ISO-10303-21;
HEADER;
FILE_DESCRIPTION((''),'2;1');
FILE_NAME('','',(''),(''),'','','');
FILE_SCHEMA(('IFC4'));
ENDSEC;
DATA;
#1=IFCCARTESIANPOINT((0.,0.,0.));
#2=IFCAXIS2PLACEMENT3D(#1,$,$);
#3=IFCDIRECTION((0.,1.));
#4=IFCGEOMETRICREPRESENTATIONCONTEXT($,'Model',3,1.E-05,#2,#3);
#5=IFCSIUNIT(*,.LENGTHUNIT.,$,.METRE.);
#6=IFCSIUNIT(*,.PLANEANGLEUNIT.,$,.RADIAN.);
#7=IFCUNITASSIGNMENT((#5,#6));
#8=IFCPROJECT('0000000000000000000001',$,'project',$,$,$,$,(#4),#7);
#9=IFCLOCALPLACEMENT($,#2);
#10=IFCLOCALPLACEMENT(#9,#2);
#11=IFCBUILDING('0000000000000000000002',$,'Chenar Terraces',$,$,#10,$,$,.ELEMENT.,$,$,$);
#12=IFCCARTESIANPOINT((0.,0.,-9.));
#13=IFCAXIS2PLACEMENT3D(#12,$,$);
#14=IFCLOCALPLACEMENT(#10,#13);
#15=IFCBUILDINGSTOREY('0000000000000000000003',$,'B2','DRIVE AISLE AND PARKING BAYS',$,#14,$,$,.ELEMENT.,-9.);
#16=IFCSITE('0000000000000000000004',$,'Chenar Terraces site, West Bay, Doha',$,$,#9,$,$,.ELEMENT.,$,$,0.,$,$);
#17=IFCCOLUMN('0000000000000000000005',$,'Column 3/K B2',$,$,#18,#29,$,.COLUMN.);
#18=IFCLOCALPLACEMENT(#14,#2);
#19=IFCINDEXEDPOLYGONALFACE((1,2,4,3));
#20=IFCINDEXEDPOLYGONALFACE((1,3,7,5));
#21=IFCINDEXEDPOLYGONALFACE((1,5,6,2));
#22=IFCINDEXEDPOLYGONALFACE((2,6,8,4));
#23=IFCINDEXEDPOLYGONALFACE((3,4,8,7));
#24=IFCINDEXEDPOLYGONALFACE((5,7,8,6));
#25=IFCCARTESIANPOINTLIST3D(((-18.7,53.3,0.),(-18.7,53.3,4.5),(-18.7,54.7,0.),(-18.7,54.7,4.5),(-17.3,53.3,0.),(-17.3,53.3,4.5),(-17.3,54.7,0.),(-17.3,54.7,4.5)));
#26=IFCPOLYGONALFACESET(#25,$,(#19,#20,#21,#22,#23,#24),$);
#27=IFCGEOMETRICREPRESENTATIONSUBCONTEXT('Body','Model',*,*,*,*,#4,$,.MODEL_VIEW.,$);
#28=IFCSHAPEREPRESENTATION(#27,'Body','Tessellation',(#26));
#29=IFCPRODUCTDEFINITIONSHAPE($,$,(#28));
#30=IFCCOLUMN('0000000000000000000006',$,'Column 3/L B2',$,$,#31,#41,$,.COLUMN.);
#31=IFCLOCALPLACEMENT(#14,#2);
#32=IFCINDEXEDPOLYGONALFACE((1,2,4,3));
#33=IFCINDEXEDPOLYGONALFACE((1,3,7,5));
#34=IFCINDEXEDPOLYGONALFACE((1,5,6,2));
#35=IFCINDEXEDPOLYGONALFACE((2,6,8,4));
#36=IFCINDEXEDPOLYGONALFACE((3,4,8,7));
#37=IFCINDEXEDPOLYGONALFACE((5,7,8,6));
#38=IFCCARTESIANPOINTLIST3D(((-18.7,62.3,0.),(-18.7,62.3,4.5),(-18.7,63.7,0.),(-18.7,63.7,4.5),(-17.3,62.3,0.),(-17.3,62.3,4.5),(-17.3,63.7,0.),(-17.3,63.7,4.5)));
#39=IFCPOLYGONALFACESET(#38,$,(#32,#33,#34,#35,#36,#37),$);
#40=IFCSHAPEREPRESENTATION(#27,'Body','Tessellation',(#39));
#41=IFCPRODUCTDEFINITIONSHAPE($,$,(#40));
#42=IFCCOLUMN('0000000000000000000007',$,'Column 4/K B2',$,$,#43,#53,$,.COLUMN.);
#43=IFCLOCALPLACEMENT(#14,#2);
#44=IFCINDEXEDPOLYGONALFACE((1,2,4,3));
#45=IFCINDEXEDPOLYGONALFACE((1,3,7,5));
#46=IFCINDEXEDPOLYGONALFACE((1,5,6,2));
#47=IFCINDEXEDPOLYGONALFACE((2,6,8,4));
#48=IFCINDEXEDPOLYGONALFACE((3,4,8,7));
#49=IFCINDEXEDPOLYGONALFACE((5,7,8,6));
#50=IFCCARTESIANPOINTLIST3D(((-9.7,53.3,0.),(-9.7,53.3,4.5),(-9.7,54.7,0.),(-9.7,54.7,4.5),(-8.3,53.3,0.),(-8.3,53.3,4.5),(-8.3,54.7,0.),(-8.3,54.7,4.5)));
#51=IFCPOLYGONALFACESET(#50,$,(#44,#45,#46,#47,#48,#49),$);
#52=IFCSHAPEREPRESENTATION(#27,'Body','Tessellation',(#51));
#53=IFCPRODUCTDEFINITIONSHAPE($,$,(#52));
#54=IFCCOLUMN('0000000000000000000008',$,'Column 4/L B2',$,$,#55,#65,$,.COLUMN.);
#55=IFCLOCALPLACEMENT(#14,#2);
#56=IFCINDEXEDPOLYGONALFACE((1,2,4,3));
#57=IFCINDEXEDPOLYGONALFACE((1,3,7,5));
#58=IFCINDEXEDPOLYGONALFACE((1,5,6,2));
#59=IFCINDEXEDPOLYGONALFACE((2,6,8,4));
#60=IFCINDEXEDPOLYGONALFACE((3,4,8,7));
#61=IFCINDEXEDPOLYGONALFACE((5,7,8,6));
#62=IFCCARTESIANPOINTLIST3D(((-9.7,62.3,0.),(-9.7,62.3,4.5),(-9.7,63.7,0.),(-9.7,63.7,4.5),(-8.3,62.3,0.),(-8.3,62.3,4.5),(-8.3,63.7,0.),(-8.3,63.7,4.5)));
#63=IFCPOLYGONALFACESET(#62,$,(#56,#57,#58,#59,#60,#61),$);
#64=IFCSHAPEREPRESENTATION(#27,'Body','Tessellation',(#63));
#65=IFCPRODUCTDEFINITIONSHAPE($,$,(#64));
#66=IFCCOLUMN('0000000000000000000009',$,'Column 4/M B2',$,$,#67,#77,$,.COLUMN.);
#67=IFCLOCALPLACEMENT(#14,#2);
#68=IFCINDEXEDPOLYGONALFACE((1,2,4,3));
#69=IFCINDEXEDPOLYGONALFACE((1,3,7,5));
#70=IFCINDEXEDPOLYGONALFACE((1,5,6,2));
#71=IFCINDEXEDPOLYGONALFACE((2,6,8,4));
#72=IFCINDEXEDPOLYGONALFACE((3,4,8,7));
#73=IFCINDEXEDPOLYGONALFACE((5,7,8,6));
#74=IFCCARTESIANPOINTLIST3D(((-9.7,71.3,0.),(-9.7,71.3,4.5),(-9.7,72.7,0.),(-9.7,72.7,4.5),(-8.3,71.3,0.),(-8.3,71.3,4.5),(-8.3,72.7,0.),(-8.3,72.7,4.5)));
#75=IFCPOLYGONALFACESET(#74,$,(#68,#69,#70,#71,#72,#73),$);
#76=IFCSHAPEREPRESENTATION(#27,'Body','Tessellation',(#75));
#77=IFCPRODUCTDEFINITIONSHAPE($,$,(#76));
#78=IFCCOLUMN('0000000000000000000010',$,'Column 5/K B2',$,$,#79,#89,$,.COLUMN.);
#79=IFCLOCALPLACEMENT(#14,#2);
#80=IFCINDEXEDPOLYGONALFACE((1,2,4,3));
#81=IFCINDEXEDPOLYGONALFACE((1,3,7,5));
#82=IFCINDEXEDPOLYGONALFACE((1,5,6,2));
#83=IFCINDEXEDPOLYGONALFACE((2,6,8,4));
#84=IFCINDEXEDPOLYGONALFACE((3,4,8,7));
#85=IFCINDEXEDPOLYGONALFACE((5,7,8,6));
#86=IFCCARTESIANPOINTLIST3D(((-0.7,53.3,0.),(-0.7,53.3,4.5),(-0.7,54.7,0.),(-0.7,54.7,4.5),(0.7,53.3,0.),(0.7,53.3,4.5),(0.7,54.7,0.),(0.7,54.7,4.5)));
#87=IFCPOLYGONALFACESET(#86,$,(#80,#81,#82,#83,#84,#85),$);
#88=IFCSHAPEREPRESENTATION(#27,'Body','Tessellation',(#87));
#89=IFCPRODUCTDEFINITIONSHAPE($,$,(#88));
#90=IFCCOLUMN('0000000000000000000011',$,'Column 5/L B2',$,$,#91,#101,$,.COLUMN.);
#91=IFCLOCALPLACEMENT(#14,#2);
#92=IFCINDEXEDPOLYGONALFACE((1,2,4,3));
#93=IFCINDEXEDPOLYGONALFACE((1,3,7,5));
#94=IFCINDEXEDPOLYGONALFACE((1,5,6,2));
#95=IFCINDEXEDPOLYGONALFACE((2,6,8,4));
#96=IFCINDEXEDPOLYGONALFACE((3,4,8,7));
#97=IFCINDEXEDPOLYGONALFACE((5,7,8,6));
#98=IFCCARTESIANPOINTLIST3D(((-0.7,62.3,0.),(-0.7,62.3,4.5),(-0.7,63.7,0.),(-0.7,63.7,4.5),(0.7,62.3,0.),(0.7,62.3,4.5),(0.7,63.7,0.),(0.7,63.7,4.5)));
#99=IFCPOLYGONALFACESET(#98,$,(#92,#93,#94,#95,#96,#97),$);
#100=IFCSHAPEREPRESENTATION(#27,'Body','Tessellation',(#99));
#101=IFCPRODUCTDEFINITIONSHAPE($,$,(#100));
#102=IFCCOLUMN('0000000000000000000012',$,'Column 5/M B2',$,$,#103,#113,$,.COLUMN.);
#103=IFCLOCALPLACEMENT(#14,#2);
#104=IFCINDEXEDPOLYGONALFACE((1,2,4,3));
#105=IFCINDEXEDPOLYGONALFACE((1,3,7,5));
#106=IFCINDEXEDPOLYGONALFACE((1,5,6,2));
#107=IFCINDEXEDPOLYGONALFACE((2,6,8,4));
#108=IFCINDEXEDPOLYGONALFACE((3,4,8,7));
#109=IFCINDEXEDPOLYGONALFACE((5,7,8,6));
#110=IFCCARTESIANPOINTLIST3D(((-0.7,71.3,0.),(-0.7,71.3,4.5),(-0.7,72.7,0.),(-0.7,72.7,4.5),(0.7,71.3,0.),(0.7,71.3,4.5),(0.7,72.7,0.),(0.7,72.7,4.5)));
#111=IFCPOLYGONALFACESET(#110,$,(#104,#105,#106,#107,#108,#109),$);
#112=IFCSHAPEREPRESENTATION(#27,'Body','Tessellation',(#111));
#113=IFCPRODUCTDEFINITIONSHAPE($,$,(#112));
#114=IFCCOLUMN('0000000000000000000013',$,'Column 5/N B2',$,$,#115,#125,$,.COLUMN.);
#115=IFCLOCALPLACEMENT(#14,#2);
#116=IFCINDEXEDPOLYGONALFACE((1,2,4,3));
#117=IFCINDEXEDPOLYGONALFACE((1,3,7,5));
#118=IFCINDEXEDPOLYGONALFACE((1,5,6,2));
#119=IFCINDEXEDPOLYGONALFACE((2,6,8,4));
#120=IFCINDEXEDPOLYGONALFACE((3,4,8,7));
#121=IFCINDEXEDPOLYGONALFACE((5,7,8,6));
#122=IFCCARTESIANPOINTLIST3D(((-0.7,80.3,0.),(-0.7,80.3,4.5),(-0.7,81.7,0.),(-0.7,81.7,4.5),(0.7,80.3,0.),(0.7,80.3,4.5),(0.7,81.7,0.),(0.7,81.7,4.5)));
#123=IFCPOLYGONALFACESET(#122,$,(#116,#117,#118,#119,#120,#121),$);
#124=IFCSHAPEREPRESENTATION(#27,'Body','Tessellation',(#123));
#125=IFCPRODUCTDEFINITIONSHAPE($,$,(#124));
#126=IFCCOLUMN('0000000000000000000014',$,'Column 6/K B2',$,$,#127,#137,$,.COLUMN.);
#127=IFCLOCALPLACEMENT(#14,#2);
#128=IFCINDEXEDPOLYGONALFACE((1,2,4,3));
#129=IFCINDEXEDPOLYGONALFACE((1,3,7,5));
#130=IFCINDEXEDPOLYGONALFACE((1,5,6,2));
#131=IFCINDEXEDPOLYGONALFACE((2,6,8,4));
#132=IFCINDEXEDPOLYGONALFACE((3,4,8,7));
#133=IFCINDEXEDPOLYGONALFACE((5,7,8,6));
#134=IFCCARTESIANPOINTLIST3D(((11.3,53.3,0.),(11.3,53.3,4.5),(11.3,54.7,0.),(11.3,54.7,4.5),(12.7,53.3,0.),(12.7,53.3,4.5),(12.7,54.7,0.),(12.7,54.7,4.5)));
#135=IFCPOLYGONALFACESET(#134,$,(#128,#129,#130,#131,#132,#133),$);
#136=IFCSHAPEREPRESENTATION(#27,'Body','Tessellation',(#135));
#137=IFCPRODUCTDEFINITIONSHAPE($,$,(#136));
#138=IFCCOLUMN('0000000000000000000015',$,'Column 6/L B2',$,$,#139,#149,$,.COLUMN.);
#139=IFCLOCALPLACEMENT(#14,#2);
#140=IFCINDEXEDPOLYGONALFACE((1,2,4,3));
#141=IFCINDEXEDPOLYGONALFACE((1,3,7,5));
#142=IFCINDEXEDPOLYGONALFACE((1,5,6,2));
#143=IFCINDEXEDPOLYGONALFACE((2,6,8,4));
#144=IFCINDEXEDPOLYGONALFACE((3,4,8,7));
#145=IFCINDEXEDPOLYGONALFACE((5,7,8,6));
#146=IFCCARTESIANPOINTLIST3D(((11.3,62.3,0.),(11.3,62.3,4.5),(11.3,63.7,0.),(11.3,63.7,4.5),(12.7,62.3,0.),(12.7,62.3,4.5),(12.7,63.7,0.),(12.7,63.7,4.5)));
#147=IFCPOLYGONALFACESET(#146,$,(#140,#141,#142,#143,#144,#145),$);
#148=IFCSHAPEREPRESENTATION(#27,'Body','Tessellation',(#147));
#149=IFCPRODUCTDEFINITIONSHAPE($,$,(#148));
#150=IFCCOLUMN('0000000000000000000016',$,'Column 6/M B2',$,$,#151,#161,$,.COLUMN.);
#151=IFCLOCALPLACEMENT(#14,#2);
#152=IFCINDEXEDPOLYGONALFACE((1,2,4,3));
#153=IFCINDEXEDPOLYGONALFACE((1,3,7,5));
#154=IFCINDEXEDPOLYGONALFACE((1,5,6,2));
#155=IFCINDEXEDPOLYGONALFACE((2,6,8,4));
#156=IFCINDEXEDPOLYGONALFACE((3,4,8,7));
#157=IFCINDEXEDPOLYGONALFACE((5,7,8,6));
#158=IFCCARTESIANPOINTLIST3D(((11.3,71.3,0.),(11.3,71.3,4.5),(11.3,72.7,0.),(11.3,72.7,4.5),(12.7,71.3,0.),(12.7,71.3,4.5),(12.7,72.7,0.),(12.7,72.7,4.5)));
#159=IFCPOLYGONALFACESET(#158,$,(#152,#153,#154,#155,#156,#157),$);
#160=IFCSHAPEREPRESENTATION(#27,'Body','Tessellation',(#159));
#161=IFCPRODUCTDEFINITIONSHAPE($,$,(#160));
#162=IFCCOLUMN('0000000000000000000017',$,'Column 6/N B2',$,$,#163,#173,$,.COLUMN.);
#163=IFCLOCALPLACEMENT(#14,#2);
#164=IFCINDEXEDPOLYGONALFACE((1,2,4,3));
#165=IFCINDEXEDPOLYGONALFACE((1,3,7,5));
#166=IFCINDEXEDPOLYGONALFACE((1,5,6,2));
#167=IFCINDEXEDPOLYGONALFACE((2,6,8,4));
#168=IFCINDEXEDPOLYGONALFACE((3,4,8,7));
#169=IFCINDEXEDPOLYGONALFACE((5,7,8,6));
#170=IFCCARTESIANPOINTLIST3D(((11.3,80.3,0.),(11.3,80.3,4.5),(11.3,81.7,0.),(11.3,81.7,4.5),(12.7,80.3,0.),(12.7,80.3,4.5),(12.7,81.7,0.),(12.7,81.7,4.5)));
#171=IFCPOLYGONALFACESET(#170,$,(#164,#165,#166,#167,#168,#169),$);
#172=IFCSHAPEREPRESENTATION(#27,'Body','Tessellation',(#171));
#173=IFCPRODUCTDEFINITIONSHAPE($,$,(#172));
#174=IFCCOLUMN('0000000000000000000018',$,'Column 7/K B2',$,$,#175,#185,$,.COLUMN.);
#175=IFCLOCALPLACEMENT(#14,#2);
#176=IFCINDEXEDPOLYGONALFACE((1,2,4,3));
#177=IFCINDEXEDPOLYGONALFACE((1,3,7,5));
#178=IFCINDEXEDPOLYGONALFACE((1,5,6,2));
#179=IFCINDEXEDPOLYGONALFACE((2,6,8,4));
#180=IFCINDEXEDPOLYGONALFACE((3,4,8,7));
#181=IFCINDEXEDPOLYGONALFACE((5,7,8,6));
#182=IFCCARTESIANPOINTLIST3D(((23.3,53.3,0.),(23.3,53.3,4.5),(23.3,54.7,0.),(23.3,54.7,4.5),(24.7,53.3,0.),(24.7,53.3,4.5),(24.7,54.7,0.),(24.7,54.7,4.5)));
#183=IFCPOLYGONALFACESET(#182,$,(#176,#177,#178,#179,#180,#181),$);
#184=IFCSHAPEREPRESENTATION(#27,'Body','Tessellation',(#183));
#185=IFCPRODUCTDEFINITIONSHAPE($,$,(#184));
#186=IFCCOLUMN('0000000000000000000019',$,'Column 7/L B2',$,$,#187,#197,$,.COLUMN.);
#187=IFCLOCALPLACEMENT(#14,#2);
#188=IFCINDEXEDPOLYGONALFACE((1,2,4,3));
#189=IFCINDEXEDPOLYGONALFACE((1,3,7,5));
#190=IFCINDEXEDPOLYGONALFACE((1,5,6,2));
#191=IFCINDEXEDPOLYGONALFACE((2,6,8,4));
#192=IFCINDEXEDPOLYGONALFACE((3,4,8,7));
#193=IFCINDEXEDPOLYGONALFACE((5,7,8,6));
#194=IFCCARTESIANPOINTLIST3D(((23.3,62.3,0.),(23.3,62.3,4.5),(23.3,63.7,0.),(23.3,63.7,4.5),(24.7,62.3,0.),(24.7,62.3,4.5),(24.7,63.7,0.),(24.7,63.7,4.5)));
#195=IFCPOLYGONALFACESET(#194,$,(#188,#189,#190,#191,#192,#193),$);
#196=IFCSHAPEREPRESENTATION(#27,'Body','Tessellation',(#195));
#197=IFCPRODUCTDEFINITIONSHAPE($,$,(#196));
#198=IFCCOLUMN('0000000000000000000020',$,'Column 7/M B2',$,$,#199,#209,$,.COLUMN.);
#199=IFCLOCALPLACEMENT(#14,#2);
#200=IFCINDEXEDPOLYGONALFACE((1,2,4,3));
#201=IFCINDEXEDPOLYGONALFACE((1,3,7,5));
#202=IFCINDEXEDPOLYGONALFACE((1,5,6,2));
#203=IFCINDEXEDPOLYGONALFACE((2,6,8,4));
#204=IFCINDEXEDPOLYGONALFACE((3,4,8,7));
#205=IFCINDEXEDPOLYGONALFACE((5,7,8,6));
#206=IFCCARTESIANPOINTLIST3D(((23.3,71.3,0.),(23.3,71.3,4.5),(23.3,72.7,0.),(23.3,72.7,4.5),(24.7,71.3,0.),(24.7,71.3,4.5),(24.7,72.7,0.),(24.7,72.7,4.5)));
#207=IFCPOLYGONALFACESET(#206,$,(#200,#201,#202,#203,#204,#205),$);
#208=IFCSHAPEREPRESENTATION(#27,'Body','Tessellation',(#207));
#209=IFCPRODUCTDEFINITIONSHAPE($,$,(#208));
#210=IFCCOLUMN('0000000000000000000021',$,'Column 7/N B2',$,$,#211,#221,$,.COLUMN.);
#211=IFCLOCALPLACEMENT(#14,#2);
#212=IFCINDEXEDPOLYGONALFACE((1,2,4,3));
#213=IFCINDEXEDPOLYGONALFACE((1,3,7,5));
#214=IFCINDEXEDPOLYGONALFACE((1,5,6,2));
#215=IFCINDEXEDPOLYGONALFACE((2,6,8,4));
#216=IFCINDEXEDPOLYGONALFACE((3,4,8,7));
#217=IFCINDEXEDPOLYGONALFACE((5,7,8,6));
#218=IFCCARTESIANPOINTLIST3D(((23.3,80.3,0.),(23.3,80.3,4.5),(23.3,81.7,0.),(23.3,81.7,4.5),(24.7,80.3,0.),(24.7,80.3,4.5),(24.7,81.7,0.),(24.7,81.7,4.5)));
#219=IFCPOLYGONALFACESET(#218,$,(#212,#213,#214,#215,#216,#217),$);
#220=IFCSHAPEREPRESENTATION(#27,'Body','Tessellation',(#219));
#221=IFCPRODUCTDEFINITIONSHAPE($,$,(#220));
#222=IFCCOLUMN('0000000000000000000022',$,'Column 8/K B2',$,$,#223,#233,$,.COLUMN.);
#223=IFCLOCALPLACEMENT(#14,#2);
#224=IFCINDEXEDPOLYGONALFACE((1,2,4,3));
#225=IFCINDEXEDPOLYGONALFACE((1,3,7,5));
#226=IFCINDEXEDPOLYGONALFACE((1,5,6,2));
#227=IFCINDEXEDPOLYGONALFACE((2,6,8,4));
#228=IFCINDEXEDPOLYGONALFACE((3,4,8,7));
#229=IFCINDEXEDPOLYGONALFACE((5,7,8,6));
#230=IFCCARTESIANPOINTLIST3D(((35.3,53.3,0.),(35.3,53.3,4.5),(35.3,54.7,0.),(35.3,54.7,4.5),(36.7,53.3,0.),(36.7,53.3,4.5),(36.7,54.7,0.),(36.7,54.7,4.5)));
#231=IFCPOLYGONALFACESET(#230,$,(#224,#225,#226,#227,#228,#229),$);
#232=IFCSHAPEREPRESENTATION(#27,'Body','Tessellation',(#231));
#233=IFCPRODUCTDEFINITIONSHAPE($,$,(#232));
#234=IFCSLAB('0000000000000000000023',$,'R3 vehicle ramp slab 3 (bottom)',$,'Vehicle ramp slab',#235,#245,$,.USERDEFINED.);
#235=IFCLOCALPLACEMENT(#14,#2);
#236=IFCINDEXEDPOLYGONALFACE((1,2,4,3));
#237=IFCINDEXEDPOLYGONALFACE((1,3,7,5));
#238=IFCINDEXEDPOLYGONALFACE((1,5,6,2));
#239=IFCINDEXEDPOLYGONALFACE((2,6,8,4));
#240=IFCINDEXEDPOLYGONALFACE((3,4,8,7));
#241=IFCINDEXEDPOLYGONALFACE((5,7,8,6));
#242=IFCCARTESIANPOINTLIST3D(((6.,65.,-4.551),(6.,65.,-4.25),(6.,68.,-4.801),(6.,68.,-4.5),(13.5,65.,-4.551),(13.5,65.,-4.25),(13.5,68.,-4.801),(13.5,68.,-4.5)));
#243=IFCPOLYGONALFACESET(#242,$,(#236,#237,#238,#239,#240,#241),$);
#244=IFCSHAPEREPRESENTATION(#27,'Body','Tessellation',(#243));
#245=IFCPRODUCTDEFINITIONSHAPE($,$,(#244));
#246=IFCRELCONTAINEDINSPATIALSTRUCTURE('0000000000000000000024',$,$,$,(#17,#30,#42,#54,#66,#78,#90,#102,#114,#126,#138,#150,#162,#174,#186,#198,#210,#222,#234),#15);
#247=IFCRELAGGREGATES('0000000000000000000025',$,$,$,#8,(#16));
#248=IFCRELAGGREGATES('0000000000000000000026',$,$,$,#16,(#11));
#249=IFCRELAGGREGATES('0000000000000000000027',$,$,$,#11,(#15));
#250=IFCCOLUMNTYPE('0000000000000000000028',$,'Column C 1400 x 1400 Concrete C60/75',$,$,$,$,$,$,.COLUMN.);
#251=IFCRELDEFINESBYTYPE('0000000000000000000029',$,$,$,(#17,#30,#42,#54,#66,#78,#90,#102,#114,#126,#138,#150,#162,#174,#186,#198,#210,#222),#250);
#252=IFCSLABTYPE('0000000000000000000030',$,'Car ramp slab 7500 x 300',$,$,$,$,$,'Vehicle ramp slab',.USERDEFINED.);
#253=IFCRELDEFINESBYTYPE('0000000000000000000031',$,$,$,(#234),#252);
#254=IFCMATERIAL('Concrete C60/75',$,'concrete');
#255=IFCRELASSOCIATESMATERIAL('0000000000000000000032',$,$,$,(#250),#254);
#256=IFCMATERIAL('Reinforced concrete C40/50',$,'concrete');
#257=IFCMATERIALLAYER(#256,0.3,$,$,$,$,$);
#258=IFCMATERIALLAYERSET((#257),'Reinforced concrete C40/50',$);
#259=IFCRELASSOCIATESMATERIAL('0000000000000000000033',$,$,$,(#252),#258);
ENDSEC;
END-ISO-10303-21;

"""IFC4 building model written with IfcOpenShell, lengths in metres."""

from ifc_helpers import new_model, si_unit, direction, frame, origin, origin_2d, place, context, subcontext, project, spatial, polyline, rectangle, outline, extrude, material, layer, layer_set, material_profile, profile_set, type_object, element, save


model = new_model("IFC4")

# Units and contexts
model_context = context("Model", 3, precision=1e-05, world=origin(), true_north=direction((0.0, 1.0)))
body_context = subcontext(model_context, "Body", "Model", "MODEL_VIEW")
ifc_project = project(units=[si_unit("LENGTHUNIT", "METRE"), si_unit("PLANEANGLEUNIT", "RADIAN")], contexts=[model_context])

# Site, building, storey
site_placement = place(None, origin())
site = spatial("IfcSite", under=ifc_project, at=site_placement, Name="Chenar Terraces site, West Bay, Doha", CompositionType="ELEMENT", RefElevation=0.0)
building_placement = place(site_placement, origin())
building = spatial("IfcBuilding", under=site, at=building_placement, Name="Chenar Terraces", CompositionType="ELEMENT")
storey_placement = place(building_placement, frame((0.0, 0.0, -9.0)))
storey = spatial("IfcBuildingStorey", under=building, at=storey_placement, Name="B2", Description="DRIVE AISLE AND PARKING BAYS", CompositionType="ELEMENT", Elevation=-9.0)

# Columns
ifc_material_1 = material(Name="Concrete C60/75", Category="concrete")
ifc_material_profile = material_profile(ifc_material_1, rectangle(XDim=1.3999, YDim=1.3999, at=origin_2d()), Name="C 1400 x 1400")
ifc_profile_set = profile_set([ifc_material_profile], Name="Concrete C60/75")
column_type = type_object("IfcColumnType", Name="Column C 1400 x 1400 Concrete C60/75", PredefinedType="COLUMN", material=ifc_profile_set)
for number, where, z_axis, x_axis, name in (
    (1, (-18.0, 54.0, 0.0), (0.0, 0.0, 1.0), (1.0, 0.0, 0.0), "Column 3/K B2"),
    (2, (-18.0, 63.0, 0.0), (0.0, 0.0, 1.0), (1.0, 0.0, 0.0), "Column 3/L B2"),
    (3, (-9.0, 54.0, 0.0), (0.0, 0.0, 1.0), (1.0, 0.0, 0.0), "Column 4/K B2"),
    (4, (-9.0, 63.0, 0.0), (0.0, 0.0, 1.0), (1.0, 0.0, 0.0), "Column 4/L B2"),
    (5, (-9.0, 72.0, 0.0), (0.0, 0.0, 1.0), (1.0, 0.0, 0.0), "Column 4/M B2"),
    (6, (0.0, 54.0, 0.0), (0.0, 0.0, 1.0), (1.0, 0.0, 0.0), "Column 5/K B2"),
    (7, (0.0, 63.0, 0.0), (0.0, 0.0, 1.0), (1.0, 0.0, 0.0), "Column 5/L B2"),
    (8, (0.0, 72.0, 0.0), (0.0, 0.0, 1.0), (1.0, 0.0, 0.0), "Column 5/M B2"),
    (9, (0.0, 81.0, 0.0), (0.0, 0.0, 1.0), (1.0, 0.0, 0.0), "Column 5/N B2"),
    (10, (12.0, 54.0, 0.0), (0.0, 0.0, 1.0), (1.0, 0.0, 0.0), "Column 6/K B2"),
    (11, (12.0, 63.0, 0.0), (0.0, 0.0, 1.0), (1.0, 0.0, 0.0), "Column 6/L B2"),
    (12, (12.0, 72.0, 0.0), (0.0, 0.0, 1.0), (1.0, 0.0, 0.0), "Column 6/M B2"),
    (13, (12.0, 81.0, 0.0), (0.0, 0.0, 1.0), (1.0, 0.0, 0.0), "Column 6/N B2"),
    (14, (24.0, 54.0, 0.0), (0.0, 0.0, 1.0), (1.0, 0.0, 0.0), "Column 7/K B2"),
    (15, (24.0, 63.0, 0.0), (0.0, 0.0, 1.0), (1.0, 0.0, 0.0), "Column 7/L B2"),
    (16, (24.0, 72.0, 0.0), (0.0, 0.0, 1.0), (1.0, 0.0, 0.0), "Column 7/M B2"),
    (17, (24.0, 81.0, 0.0), (0.0, 0.0, 1.0), (1.0, 0.0, 0.0), "Column 7/N B2"),
    (18, (36.0, 54.0, 0.0), (0.0, 0.0, 1.0), (1.0, 0.0, 0.0), "Column 8/K B2"),
):
    element("IfcColumn", number, at=place(storey_placement, frame(where, z_axis=z_axis, x_axis=x_axis)), inside=storey, type_object=column_type, Name=name, PredefinedType="COLUMN", context=body_context, shape_type="SweptSolid", body=[
        extrude(rectangle(XDim=1.3999, YDim=1.3999, at=origin_2d()), origin(), (0.0, 0.0, 1.0), 4.5),
    ])

# Slab
ifc_material_2 = material(Name="Reinforced concrete C40/50", Category="concrete")
ifc_layer_1 = layer(ifc_material_2, 0.3)
ifc_layer_set_1 = layer_set([ifc_layer_1], Name="Reinforced concrete C40/50")
slab_type = type_object("IfcSlabType", Name="Car ramp slab 7500 x 300", ElementType="Vehicle ramp slab", PredefinedType="USERDEFINED", material=ifc_layer_set_1)
slab_placement = place(storey_placement, frame((6.0, 65.0, -4.25), z_axis=(0.0, 0.083045, 0.996546), x_axis=(0.0, 0.996546, -0.083045)))
element("IfcSlab", 19, at=slab_placement, inside=storey, type_object=slab_type, Name="R3 vehicle ramp slab 3 (bottom)", ObjectType="Vehicle ramp slab", PredefinedType="USERDEFINED", context=body_context, shape_type="SweptSolid", body=[
    extrude(outline(polyline([(0.0, 0.0), (3.0104, 0.0), (3.0104, -7.5), (0.0, -7.5), (0.0, 0.0)])), origin(), (0.083045, 0.0, -0.996546), 0.301),
])

save(model, "model.ifc")
